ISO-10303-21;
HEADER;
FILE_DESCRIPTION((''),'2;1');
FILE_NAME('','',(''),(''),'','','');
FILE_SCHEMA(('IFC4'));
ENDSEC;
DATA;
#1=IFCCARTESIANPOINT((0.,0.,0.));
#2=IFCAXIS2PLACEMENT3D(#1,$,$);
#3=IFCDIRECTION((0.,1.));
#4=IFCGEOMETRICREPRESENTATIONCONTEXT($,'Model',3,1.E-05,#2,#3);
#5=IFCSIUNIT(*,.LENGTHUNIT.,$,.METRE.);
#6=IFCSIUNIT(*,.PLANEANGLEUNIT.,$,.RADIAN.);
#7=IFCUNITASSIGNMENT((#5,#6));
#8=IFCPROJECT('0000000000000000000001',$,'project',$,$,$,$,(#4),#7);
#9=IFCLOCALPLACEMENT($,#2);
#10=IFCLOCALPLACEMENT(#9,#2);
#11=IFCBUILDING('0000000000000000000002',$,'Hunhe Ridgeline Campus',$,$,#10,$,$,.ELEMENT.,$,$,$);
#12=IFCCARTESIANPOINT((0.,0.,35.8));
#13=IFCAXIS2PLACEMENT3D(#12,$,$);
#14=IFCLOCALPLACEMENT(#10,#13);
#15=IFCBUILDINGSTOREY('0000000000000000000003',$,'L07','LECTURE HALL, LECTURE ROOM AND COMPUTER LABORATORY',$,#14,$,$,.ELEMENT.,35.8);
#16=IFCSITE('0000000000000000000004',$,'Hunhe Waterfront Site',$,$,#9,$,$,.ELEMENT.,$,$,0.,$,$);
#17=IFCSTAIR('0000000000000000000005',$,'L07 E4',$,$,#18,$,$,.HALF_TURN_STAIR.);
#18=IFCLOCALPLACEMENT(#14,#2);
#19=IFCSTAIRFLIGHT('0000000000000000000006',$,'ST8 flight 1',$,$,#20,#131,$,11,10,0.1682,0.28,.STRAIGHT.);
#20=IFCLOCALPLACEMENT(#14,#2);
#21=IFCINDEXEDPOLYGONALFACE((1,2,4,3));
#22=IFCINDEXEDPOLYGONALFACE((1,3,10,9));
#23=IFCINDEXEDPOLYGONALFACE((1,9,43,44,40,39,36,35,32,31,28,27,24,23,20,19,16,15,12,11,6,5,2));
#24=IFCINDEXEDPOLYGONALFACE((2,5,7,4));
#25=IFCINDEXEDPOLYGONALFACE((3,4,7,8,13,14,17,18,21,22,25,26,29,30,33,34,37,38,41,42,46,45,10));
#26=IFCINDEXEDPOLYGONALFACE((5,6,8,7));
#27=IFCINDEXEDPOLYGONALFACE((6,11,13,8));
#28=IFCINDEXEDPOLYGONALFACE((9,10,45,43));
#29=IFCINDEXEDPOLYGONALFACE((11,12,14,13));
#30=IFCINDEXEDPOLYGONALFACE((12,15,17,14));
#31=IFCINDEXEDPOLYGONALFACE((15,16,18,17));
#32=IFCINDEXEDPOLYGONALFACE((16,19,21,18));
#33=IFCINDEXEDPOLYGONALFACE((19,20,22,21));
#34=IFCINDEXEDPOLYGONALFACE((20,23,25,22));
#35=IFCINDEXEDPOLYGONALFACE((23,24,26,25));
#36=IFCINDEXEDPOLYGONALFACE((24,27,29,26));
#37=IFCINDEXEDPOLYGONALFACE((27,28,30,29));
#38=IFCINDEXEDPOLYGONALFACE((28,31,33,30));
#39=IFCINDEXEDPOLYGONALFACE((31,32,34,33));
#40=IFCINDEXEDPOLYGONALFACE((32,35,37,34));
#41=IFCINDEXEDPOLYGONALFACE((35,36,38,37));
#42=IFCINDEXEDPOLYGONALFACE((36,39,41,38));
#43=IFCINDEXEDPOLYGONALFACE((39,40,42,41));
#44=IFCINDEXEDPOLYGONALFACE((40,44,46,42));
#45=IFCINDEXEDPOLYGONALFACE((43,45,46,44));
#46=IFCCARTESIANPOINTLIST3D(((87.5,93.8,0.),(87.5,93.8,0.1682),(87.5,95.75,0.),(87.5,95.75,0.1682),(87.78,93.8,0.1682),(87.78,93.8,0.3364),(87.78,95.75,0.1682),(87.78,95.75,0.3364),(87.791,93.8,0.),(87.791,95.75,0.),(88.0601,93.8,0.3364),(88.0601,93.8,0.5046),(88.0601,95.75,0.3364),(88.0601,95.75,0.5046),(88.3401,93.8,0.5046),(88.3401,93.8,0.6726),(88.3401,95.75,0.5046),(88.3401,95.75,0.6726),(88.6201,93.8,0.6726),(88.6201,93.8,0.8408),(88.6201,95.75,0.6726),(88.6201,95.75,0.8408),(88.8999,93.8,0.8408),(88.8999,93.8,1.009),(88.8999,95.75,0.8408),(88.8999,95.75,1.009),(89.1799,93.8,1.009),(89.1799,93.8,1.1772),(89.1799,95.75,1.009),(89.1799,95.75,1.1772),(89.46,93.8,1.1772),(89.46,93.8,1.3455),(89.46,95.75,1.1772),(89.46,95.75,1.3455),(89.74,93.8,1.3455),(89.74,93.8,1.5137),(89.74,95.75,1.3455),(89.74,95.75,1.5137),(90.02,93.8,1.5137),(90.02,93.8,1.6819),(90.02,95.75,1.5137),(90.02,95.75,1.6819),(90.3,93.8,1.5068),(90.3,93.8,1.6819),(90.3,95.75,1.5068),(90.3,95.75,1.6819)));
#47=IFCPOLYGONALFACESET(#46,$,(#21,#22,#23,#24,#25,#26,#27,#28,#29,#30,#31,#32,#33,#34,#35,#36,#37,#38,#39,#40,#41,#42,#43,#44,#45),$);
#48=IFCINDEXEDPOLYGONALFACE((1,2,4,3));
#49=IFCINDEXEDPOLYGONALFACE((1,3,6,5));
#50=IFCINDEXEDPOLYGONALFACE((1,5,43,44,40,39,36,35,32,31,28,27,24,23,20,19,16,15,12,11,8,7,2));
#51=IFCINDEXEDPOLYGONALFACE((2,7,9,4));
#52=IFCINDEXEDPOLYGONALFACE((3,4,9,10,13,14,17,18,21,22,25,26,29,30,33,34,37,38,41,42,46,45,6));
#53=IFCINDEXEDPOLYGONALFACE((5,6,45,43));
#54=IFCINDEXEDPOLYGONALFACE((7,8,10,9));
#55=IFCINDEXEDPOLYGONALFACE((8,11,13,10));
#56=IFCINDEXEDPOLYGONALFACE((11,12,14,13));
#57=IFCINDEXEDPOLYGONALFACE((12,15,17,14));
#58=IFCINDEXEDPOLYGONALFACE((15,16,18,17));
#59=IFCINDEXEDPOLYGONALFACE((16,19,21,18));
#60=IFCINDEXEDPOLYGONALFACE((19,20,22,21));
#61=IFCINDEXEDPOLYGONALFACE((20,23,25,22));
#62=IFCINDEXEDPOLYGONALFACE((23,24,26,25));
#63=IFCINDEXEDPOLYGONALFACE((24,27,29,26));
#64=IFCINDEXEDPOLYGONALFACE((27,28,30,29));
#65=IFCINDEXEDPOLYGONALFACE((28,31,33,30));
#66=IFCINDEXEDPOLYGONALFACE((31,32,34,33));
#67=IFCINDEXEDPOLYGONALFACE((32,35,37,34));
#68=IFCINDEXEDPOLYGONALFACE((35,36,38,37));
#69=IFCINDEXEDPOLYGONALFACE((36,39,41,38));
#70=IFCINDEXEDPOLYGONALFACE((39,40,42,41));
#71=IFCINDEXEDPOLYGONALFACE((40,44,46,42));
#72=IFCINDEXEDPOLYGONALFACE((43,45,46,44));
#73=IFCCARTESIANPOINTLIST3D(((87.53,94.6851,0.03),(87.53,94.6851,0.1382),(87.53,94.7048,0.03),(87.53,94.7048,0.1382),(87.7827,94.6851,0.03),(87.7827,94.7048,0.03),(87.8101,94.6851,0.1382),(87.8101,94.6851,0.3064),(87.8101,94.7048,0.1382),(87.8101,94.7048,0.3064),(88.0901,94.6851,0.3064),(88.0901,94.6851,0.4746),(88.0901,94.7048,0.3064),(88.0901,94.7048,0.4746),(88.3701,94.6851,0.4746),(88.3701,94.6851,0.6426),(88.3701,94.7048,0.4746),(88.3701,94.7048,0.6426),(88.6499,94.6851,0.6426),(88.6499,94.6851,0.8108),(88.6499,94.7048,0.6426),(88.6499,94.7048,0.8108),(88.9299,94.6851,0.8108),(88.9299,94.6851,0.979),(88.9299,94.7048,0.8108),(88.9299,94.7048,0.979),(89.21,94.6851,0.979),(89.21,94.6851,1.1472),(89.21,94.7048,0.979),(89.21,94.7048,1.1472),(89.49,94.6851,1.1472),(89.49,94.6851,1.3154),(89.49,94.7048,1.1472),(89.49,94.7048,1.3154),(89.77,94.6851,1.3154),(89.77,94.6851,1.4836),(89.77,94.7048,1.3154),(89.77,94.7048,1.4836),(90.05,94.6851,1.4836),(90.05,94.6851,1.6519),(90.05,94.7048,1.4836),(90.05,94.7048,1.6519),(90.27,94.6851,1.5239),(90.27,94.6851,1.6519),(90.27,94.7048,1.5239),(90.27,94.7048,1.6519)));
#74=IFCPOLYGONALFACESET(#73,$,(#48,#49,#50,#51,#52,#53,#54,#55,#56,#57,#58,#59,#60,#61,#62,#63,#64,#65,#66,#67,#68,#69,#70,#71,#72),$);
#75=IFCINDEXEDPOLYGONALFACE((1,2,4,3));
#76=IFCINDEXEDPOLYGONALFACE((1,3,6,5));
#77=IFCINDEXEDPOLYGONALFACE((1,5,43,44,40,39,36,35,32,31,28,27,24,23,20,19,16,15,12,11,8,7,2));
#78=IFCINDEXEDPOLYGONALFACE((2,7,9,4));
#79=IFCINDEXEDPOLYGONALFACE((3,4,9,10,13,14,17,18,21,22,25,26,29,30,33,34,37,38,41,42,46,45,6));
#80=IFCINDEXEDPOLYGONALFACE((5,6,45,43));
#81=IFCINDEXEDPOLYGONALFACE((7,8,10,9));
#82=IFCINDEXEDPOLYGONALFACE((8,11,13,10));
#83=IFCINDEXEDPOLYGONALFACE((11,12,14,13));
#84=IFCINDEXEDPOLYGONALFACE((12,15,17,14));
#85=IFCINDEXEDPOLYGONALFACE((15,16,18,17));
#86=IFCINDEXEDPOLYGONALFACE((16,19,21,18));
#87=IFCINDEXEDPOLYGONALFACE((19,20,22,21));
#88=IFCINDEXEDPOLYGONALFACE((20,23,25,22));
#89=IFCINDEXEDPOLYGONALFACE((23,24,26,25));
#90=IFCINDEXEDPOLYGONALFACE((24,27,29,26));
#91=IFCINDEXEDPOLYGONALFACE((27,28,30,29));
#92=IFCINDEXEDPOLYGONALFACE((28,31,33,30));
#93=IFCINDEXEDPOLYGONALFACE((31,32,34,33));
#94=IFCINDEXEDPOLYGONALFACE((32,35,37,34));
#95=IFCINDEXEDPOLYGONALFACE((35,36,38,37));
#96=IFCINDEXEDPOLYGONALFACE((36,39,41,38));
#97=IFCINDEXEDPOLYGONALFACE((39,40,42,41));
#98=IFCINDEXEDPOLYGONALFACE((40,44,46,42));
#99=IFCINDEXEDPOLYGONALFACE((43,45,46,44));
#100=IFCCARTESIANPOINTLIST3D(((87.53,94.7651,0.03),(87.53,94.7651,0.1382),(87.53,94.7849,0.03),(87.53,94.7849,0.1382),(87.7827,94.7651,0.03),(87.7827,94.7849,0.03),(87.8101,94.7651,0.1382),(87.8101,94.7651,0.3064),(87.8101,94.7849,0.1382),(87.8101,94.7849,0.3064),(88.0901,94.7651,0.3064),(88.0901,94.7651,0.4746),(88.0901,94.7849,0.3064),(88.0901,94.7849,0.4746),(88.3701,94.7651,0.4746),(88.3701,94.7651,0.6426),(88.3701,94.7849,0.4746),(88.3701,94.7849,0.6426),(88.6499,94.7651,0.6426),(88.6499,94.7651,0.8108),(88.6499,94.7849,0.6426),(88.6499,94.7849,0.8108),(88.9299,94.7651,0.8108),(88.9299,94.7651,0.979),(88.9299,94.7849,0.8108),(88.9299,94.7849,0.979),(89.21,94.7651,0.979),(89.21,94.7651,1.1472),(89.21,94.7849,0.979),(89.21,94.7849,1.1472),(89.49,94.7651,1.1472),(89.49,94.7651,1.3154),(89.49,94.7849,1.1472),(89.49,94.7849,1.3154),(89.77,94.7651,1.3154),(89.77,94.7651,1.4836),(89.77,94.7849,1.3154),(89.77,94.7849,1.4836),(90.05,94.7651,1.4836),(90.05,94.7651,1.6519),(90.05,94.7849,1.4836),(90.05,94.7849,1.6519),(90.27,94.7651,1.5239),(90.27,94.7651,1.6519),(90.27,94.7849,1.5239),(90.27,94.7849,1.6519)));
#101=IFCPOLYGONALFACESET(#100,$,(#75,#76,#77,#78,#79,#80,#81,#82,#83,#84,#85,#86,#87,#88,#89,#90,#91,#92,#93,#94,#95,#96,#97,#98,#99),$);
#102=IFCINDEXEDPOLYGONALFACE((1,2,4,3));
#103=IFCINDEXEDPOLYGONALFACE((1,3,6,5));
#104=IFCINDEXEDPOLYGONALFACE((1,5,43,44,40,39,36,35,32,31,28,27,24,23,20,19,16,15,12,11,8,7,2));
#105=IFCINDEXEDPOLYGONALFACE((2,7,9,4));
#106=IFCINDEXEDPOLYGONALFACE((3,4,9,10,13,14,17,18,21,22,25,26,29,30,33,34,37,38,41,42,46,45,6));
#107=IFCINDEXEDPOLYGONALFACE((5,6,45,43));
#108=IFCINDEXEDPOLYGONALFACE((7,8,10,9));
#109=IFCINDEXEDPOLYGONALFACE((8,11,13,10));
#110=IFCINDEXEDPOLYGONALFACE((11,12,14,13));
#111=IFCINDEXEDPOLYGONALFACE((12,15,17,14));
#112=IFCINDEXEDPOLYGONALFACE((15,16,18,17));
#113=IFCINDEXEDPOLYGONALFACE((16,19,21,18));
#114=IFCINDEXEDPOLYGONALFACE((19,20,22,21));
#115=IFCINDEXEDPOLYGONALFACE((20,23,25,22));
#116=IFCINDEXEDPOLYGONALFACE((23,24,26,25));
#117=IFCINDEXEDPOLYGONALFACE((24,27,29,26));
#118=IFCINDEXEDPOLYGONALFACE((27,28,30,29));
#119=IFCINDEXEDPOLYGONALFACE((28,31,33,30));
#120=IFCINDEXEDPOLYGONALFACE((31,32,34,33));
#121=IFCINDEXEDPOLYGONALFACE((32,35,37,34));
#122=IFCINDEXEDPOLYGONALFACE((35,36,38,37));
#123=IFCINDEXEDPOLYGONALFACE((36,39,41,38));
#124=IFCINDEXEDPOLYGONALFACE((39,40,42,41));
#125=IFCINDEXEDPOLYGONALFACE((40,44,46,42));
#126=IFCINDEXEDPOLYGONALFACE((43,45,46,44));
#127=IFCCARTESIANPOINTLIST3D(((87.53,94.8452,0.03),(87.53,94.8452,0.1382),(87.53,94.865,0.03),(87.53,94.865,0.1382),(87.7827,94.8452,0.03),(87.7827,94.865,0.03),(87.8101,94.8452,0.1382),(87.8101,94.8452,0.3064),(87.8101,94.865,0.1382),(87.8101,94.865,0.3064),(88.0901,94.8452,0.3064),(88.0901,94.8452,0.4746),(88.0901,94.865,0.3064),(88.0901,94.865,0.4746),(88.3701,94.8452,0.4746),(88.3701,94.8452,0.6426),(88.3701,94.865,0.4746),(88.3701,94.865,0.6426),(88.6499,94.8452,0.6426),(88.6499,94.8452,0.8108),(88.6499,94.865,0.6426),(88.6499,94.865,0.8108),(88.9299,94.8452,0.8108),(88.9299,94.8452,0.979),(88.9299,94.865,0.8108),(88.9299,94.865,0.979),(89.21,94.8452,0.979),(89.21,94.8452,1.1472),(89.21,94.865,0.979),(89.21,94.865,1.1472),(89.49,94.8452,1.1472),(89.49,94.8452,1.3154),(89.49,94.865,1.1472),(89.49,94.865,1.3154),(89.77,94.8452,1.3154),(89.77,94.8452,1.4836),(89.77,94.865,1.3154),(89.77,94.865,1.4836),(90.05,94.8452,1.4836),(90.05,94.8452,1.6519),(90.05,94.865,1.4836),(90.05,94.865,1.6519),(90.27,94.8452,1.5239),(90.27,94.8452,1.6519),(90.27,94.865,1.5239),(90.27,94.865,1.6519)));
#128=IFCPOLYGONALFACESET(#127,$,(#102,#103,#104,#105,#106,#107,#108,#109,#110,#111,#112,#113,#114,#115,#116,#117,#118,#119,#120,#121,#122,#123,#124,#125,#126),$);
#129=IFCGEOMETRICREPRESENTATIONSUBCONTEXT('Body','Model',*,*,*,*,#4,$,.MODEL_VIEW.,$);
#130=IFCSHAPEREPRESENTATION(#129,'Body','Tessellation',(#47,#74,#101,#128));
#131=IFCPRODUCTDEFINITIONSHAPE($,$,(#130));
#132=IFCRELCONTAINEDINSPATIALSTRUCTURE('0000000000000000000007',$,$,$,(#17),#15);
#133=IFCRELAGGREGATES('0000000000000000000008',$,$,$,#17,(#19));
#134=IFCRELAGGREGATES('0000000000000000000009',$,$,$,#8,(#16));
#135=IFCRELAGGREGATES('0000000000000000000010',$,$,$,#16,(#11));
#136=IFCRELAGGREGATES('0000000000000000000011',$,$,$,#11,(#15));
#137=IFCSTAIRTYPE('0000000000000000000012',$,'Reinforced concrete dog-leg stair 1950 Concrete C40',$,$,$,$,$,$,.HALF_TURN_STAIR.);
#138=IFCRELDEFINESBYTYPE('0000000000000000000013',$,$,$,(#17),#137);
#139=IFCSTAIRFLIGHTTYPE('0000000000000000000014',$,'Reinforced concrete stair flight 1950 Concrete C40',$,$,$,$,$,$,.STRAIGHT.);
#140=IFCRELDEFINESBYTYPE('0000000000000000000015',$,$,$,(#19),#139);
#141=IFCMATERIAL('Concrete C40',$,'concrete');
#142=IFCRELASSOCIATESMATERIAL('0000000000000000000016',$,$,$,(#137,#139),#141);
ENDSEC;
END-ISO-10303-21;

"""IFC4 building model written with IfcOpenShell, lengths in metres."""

from ifc_helpers import new_model, si_unit, direction, frame, origin, place, context, subcontext, project, spatial, polyline, outline, extrude, material, type_object, element, aggregate, save


model = new_model("IFC4")

# Units and contexts
model_context = context("Model", 3, precision=1e-05, world=origin(), true_north=direction((0.0, 1.0)))
body_context = subcontext(model_context, "Body", "Model", "MODEL_VIEW")
ifc_project = project(units=[si_unit("LENGTHUNIT", "METRE"), si_unit("PLANEANGLEUNIT", "RADIAN")], contexts=[model_context])

# Site, building, storey
site_placement = place(None, origin())
site = spatial("IfcSite", under=ifc_project, at=site_placement, Name="Hunhe Waterfront Site", CompositionType="ELEMENT", RefElevation=0.0)
building_placement = place(site_placement, origin())
building = spatial("IfcBuilding", under=site, at=building_placement, Name="Hunhe Ridgeline Campus", CompositionType="ELEMENT")
storey_placement = place(building_placement, frame((0.0, 0.0, 35.8)))
storey = spatial("IfcBuildingStorey", under=building, at=storey_placement, Name="L07", Description="LECTURE HALL, LECTURE ROOM AND COMPUTER LABORATORY", CompositionType="ELEMENT", Elevation=35.8)

# Stair, stair flight
ifc_material_1 = material(Name="Concrete C40", Category="concrete")
stair_type = type_object("IfcStairType", Name="Reinforced concrete dog-leg stair 1950 Concrete C40", PredefinedType="HALF_TURN_STAIR", material=ifc_material_1)
stair_placement = place(storey_placement, origin())
stair = element("IfcStair", 1, at=stair_placement, inside=storey, type_object=stair_type, Name="L07 E4", PredefinedType="HALF_TURN_STAIR")
stair_flight_type = type_object("IfcStairFlightType", Name="Reinforced concrete stair flight 1950 Concrete C40", PredefinedType="STRAIGHT", material=ifc_material_1)
stair_flight_1_placement = place(storey_placement, frame((87.5, 94.7749, 0.0), z_axis=(0.0, 0.0, 1.0), x_axis=(1.0, 0.0, 0.0)))
stair_flight_1 = element("IfcStairFlight", 2, at=stair_flight_1_placement, type_object=stair_flight_type, Name="ST8 flight 1", NumberOfRisers=11, NumberOfTreads=10, PredefinedType="STRAIGHT", RiserHeight=0.1682, TreadLength=0.28, context=body_context, shape_type="SweptSolid", body=[
    extrude(outline(polyline([(0.0, 0.0), (0.0, 0.1682), (0.28, 0.1682), (0.28, 0.3364), (0.5601, 0.3364), (0.5601, 0.5046), (0.8401, 0.5046), (0.8401, 0.6726), (1.1201, 0.6726), (1.1201, 0.8408), (1.3999, 0.8408), (1.3999, 1.009), (1.6799, 1.009), (1.6799, 1.1772), (1.96, 1.1772), (1.96, 1.3455), (2.24, 1.3455), (2.24, 1.5137), (2.52, 1.5137), (2.52, 1.6819), (2.8, 1.6819), (2.8, 1.8501), (2.8, 1.5068), (0.291, 0.0), (0.0, 0.0)])), frame((0.0, 0.9751, 0.0), z_axis=(0.0, -1.0, 0.0), x_axis=(1.0, 0.0, 0.0)), (0.0, 0.0, 1.0), 1.95),
    extrude(outline(polyline([(0.03, 0.03), (0.03, 0.1382), (0.3101, 0.1382), (0.3101, 0.3064), (0.5901, 0.3064), (0.5901, 0.4746), (0.8701, 0.4746), (0.8701, 0.6426), (1.1499, 0.6426), (1.1499, 0.8108), (1.4299, 0.8108), (1.4299, 0.979), (1.71, 0.979), (1.71, 1.1472), (1.99, 1.1472), (1.99, 1.3154), (2.27, 1.3154), (2.27, 1.4836), (2.55, 1.4836), (2.55, 1.6519), (2.77, 1.6519), (2.77, 1.5239), (0.2827, 0.03), (0.03, 0.03)])), frame((0.0, -0.0701, 0.0), z_axis=(0.0, -1.0, 0.0), x_axis=(1.0, 0.0, 0.0)), (0.0, 0.0, 1.0), 0.0198),
    extrude(outline(polyline([(0.03, 0.03), (0.03, 0.1382), (0.3101, 0.1382), (0.3101, 0.3064), (0.5901, 0.3064), (0.5901, 0.4746), (0.8701, 0.4746), (0.8701, 0.6426), (1.1499, 0.6426), (1.1499, 0.8108), (1.4299, 0.8108), (1.4299, 0.979), (1.71, 0.979), (1.71, 1.1472), (1.99, 1.1472), (1.99, 1.3154), (2.27, 1.3154), (2.27, 1.4836), (2.55, 1.4836), (2.55, 1.6519), (2.77, 1.6519), (2.77, 1.5239), (0.2827, 0.03), (0.03, 0.03)])), frame((0.0, 0.01, 0.0), z_axis=(0.0, -1.0, 0.0), x_axis=(1.0, 0.0, 0.0)), (0.0, 0.0, 1.0), 0.0198),
    extrude(outline(polyline([(0.03, 0.03), (0.03, 0.1382), (0.3101, 0.1382), (0.3101, 0.3064), (0.5901, 0.3064), (0.5901, 0.4746), (0.8701, 0.4746), (0.8701, 0.6426), (1.1499, 0.6426), (1.1499, 0.8108), (1.4299, 0.8108), (1.4299, 0.979), (1.71, 0.979), (1.71, 1.1472), (1.99, 1.1472), (1.99, 1.3154), (2.27, 1.3154), (2.27, 1.4836), (2.55, 1.4836), (2.55, 1.6519), (2.77, 1.6519), (2.77, 1.5239), (0.2827, 0.03), (0.03, 0.03)])), frame((0.0, 0.0901, 0.0), z_axis=(0.0, -1.0, 0.0), x_axis=(1.0, 0.0, 0.0)), (0.0, 0.0, 1.0), 0.0198),
])
aggregate(stair, [stair_flight_1])

save(model, "model.ifc")
